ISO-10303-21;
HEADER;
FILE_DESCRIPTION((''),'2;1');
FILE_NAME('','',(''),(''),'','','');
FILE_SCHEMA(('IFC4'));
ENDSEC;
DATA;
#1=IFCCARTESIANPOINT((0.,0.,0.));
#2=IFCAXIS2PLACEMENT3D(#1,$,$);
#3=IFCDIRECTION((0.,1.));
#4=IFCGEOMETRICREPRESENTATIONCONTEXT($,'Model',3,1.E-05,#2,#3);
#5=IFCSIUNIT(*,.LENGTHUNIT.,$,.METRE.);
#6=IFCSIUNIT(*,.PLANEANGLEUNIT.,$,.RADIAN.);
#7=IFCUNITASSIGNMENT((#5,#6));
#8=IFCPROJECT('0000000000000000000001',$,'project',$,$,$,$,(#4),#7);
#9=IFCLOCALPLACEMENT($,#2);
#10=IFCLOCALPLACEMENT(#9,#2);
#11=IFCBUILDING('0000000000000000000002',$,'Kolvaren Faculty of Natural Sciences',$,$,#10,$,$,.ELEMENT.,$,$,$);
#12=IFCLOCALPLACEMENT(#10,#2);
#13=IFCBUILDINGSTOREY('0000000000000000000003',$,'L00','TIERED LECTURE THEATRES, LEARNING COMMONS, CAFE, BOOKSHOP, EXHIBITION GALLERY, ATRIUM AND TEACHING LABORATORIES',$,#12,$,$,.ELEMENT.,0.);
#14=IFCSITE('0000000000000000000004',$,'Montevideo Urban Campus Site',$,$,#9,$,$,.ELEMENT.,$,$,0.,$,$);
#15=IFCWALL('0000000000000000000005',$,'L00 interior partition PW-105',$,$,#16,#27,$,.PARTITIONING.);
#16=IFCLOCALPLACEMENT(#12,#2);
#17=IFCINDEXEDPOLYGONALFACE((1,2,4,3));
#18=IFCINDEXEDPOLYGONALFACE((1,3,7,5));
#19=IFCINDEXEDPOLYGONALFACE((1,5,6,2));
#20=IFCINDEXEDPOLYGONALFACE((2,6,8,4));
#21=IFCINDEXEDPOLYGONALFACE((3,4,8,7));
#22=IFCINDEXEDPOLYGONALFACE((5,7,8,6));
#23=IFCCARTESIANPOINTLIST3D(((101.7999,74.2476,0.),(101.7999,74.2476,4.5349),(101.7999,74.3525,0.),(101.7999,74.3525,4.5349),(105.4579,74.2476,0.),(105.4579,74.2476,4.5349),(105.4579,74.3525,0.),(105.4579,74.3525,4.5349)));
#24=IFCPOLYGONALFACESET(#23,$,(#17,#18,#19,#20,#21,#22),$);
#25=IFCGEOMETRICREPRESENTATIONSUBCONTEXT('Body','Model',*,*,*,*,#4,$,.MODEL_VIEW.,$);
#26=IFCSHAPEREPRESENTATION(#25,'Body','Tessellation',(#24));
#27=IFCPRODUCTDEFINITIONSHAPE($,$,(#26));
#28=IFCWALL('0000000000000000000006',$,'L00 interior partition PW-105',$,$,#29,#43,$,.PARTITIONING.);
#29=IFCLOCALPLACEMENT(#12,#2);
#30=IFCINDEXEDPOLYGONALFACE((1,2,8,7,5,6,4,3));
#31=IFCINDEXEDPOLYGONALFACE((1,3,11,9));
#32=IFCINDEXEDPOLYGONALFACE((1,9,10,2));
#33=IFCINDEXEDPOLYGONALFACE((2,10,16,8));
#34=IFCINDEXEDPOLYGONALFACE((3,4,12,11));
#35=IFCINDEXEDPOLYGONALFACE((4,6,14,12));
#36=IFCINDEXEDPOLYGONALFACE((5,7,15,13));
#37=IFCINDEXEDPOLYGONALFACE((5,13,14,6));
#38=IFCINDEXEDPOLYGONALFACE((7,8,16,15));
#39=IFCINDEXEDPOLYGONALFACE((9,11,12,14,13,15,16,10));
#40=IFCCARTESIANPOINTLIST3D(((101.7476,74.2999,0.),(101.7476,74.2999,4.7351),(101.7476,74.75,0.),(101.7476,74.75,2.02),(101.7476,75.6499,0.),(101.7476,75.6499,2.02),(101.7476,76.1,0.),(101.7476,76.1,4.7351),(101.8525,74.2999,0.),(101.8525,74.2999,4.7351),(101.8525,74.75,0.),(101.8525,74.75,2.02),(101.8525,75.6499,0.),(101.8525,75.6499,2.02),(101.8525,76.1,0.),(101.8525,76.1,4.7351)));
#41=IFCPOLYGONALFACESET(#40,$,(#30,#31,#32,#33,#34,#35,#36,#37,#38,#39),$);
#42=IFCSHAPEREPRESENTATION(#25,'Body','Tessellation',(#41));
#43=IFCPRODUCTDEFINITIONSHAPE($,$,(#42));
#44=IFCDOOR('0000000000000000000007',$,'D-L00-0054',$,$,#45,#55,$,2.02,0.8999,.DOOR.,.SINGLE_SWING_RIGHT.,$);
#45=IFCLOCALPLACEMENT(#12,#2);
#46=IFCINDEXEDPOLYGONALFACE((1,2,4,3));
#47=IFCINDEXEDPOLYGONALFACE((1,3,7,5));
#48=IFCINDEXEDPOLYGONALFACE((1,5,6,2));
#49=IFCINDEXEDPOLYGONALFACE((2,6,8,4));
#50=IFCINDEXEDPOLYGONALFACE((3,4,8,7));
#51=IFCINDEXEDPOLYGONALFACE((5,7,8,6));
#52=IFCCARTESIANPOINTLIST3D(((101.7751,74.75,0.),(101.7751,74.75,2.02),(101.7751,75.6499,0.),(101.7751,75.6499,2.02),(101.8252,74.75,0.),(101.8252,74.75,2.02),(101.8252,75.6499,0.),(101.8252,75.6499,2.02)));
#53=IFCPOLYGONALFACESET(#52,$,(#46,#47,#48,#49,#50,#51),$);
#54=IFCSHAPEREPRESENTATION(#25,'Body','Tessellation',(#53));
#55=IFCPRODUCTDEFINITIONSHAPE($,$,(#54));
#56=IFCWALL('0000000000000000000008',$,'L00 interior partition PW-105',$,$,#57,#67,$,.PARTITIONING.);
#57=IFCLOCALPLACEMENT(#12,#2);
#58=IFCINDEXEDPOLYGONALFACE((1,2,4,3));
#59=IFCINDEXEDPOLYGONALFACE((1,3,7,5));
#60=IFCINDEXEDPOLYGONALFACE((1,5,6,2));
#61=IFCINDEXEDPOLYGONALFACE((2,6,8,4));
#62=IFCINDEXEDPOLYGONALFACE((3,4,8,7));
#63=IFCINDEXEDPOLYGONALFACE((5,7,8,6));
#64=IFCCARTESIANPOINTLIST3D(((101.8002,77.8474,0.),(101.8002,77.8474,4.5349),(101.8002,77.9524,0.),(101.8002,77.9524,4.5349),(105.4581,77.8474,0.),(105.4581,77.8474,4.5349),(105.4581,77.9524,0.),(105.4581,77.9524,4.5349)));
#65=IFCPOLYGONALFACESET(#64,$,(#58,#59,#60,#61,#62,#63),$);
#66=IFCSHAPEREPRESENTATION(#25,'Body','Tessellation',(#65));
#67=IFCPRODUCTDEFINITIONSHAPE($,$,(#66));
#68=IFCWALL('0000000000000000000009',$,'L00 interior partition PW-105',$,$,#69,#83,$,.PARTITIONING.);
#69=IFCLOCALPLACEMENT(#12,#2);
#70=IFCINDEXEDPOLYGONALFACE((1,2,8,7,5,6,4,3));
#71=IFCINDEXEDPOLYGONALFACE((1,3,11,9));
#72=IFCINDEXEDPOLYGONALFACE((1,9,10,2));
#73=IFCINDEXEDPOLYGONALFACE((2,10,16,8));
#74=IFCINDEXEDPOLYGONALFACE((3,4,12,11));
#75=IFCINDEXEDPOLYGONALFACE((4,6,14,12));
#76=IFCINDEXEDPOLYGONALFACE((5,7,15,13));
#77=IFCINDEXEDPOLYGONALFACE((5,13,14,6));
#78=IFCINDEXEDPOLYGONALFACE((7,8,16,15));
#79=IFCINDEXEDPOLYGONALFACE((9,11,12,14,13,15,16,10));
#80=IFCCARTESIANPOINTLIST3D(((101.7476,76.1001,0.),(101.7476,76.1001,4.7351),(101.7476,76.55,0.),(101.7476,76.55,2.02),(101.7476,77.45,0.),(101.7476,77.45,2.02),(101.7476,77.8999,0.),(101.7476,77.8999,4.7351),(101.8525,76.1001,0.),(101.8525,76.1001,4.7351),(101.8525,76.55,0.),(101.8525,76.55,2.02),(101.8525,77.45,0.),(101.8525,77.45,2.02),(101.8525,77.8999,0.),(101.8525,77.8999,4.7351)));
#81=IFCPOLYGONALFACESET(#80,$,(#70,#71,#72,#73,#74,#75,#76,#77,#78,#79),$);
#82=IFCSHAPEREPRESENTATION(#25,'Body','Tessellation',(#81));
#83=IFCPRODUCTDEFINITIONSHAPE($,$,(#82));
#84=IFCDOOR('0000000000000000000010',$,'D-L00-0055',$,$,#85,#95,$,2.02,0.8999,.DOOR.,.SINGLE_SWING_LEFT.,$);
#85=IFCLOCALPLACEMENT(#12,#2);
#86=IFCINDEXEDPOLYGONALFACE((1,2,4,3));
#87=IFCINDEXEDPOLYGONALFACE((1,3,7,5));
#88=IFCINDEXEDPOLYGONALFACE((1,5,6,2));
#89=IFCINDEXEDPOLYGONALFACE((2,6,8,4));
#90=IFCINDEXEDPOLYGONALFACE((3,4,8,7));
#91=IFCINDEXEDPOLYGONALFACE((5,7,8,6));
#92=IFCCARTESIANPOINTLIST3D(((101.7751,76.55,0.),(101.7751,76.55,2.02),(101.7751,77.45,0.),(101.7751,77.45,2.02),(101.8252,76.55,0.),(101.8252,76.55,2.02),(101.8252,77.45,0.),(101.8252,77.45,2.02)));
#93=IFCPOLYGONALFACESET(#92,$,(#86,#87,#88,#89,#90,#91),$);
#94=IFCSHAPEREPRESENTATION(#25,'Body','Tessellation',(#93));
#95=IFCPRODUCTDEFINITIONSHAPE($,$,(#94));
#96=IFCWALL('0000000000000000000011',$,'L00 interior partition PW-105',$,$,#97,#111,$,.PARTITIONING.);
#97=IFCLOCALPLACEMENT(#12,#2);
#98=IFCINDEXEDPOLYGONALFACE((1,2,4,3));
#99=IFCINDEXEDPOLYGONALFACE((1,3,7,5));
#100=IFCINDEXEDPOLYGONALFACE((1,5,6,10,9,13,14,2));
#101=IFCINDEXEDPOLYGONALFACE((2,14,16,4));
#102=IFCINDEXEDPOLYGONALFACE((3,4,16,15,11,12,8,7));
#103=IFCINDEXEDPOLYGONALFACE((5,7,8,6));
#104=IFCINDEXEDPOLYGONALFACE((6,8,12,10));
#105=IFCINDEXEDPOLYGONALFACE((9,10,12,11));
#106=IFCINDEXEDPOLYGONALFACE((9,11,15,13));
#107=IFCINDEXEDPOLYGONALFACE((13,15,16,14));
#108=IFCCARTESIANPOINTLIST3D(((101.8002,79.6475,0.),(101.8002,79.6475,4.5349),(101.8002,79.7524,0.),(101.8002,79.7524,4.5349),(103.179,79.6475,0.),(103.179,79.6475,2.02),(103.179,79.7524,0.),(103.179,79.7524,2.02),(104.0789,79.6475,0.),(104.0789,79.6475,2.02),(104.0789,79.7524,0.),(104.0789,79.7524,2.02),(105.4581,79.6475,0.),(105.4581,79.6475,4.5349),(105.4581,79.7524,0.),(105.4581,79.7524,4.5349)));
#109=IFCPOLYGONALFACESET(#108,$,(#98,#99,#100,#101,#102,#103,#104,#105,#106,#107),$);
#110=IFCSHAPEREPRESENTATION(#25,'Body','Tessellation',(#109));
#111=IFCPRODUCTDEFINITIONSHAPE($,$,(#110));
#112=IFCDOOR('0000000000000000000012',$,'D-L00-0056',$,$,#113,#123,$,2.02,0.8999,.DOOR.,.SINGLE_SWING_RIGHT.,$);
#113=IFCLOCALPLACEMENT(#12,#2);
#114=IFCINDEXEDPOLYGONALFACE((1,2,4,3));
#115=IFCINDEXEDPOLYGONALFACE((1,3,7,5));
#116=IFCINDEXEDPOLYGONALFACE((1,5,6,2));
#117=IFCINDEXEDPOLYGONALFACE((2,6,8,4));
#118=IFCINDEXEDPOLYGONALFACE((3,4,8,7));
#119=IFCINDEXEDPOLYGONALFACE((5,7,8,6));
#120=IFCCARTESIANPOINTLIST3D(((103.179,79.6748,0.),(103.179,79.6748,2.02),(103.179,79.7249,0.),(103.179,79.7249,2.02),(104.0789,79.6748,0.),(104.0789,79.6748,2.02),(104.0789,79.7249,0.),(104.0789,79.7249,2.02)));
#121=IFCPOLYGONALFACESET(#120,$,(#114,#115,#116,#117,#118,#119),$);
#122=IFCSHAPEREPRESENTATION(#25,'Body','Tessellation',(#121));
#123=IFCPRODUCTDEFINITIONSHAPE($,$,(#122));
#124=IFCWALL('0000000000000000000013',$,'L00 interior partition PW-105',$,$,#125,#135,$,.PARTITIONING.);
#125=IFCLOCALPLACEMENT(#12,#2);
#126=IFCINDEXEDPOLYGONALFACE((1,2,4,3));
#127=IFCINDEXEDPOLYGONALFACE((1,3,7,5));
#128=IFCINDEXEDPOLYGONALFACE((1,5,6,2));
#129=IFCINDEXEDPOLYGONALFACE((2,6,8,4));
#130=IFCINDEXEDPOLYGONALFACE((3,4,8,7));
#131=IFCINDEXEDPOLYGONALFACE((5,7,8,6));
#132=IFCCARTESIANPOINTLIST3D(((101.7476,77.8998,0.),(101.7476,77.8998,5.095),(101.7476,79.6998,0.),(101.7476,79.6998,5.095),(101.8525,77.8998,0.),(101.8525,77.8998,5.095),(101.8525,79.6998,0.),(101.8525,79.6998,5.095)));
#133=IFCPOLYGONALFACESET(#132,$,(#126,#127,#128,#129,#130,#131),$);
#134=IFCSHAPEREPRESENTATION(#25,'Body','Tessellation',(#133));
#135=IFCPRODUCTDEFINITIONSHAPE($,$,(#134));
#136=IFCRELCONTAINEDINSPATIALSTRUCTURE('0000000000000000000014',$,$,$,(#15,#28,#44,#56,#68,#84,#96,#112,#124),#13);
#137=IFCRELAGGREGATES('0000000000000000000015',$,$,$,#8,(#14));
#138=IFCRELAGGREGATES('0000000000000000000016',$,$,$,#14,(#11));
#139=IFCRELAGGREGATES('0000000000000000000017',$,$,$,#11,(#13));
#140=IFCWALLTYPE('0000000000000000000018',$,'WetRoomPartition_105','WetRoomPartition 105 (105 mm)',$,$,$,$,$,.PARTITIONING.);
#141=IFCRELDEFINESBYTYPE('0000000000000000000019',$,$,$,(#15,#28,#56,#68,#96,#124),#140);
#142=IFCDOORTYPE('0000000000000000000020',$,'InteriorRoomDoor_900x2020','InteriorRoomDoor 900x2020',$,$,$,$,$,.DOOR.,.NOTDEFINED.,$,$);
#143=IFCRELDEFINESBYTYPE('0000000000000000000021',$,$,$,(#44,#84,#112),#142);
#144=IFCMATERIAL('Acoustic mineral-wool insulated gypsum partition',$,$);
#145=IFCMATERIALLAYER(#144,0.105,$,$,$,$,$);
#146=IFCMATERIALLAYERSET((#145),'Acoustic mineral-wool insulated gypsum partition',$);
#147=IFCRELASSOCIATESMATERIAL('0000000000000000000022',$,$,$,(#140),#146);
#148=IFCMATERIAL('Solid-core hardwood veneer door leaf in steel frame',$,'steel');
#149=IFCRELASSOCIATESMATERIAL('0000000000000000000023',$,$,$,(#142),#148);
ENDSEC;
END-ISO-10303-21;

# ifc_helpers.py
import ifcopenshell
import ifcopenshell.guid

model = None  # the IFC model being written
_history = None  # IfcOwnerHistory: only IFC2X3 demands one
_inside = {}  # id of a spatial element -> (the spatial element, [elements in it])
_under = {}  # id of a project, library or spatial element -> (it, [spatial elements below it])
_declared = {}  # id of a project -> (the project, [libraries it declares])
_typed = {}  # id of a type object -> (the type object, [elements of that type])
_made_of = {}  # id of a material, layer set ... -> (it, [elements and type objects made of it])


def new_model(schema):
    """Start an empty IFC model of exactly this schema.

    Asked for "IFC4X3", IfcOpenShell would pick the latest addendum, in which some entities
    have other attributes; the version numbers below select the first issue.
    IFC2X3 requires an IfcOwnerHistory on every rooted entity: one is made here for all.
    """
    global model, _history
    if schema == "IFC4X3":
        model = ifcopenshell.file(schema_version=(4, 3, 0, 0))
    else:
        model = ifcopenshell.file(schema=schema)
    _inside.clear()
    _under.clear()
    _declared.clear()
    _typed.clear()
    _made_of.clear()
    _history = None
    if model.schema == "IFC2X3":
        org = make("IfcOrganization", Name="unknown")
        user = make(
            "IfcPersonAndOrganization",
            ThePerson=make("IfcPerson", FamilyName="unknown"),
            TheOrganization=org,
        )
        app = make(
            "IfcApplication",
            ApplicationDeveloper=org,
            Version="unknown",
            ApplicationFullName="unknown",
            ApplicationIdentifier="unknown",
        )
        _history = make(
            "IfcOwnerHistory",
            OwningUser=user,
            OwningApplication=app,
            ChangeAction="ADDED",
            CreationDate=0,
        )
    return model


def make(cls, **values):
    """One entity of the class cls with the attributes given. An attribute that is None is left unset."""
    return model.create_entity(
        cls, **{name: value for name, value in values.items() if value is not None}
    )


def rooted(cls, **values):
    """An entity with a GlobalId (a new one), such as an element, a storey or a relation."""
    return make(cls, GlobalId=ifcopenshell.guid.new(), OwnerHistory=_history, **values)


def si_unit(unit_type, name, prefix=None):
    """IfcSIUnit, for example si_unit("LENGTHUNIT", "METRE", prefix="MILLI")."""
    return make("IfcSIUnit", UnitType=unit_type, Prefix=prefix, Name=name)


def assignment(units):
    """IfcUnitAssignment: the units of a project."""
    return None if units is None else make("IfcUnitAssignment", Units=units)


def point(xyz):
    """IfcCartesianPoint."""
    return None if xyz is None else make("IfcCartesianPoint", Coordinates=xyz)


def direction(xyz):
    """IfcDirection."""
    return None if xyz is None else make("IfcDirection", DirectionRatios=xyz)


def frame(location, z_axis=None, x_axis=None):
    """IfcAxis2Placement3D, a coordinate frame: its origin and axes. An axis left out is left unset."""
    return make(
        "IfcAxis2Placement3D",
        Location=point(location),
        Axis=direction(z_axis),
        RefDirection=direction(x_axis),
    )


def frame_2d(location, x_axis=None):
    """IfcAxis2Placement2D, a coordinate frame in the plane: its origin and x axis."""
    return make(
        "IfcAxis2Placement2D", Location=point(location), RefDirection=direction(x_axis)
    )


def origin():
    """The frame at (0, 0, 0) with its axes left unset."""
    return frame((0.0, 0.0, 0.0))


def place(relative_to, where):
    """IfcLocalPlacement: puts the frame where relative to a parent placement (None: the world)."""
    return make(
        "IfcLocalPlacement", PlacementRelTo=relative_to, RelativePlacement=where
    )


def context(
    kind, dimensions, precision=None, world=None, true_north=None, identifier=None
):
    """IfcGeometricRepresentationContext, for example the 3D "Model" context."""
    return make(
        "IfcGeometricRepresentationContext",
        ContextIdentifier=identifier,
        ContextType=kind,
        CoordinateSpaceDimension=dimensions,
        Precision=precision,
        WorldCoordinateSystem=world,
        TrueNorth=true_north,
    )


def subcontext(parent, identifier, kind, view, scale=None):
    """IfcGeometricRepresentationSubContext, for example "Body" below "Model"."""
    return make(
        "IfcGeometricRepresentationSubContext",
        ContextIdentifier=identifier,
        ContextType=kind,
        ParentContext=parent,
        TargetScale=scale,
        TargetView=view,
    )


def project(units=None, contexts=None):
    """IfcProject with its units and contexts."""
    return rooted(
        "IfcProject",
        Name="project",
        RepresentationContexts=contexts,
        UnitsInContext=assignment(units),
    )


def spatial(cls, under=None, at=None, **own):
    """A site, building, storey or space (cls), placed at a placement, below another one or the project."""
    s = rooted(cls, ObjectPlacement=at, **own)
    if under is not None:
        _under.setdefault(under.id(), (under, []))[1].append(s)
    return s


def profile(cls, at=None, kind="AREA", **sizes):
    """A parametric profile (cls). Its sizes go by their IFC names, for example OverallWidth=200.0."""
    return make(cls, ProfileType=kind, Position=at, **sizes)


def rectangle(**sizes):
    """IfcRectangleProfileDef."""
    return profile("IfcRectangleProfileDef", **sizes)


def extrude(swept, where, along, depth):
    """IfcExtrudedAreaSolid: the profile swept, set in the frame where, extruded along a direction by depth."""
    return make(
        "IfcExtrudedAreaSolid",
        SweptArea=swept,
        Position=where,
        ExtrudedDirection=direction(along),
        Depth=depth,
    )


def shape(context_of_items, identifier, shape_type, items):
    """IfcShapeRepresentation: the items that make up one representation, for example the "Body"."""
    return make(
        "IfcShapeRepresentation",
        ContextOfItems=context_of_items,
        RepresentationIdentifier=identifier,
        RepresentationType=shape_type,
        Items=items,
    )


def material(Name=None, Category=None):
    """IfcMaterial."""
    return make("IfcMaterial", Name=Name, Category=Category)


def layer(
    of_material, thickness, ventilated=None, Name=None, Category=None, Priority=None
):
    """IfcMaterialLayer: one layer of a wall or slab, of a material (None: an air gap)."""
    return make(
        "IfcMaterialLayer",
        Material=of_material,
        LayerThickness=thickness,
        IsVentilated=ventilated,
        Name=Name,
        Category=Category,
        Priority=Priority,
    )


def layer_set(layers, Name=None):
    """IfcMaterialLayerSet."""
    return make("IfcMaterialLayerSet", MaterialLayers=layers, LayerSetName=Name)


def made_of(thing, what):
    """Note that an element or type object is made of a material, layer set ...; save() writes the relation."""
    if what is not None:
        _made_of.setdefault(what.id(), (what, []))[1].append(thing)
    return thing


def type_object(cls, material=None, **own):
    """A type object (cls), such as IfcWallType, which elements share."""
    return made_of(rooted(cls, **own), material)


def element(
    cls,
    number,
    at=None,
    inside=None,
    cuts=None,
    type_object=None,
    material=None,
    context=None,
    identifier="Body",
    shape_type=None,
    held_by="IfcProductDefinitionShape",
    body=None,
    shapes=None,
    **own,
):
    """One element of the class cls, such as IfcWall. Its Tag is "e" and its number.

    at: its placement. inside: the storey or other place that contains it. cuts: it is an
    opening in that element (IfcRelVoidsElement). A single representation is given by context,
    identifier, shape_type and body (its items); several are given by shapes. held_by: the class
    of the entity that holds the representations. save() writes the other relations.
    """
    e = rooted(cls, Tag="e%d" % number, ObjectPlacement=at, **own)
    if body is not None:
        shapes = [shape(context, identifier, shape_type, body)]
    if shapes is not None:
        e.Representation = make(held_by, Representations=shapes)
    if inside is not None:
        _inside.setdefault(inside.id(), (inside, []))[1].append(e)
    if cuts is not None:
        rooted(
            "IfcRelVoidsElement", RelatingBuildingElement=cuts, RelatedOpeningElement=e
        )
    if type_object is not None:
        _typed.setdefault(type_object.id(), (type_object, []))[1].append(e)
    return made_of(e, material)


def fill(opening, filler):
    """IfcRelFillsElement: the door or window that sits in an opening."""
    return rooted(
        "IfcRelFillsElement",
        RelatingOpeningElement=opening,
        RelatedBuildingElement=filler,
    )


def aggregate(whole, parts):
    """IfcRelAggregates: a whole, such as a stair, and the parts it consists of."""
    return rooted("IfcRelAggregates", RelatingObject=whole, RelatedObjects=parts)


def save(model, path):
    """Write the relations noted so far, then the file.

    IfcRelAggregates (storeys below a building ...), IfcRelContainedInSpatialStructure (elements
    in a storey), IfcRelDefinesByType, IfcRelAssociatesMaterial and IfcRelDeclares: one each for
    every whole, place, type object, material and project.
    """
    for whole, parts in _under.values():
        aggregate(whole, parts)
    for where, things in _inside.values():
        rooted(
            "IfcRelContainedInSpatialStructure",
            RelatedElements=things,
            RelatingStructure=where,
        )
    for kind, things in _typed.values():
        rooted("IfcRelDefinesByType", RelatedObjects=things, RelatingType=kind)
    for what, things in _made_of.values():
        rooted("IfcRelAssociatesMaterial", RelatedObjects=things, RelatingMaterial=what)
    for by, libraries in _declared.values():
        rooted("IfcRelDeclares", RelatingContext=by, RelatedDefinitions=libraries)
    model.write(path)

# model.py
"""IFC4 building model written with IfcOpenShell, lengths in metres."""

from ifc_helpers import new_model, si_unit, direction, frame, frame_2d, origin, place, context, subcontext, project, spatial, rectangle, extrude, material, layer, layer_set, type_object, element, fill, save


model = new_model("IFC4")

# Units and contexts
model_context = context("Model", 3, precision=1e-05, world=origin(), true_north=direction((0.0, 1.0)))
body_context = subcontext(model_context, "Body", "Model", "MODEL_VIEW")
ifc_project = project(units=[si_unit("LENGTHUNIT", "METRE"), si_unit("PLANEANGLEUNIT", "RADIAN")], contexts=[model_context])

# Site, building, storey
site_placement = place(None, origin())
site = spatial("IfcSite", under=ifc_project, at=site_placement, Name="Montevideo Urban Campus Site", CompositionType="ELEMENT", RefElevation=0.0)
building_placement = place(site_placement, origin())
building = spatial("IfcBuilding", under=site, at=building_placement, Name="Kolvaren Faculty of Natural Sciences", CompositionType="ELEMENT")
storey_placement = place(building_placement, origin())
storey = spatial("IfcBuildingStorey", under=building, at=storey_placement, Name="L00", Description="TIERED LECTURE THEATRES, LEARNING COMMONS, CAFE, BOOKSHOP, EXHIBITION GALLERY, ATRIUM AND TEACHING LABORATORIES", CompositionType="ELEMENT", Elevation=0.0)

# Wall
ifc_material_1 = material(Name="Acoustic mineral-wool insulated gypsum partition")
ifc_layer_1 = layer(ifc_material_1, 0.105)
ifc_layer_set_1 = layer_set([ifc_layer_1], Name="Acoustic mineral-wool insulated gypsum partition")
wall_type_1 = type_object("IfcWallType", Name="WetRoomPartition_105", Description="WetRoomPartition 105 (105 mm)", PredefinedType="PARTITIONING", material=ifc_layer_set_1)
wall_1_placement = place(storey_placement, frame((105.458, 74.3, 0.0), z_axis=(0.0, 0.0, 1.0), x_axis=(-1.0, 0.0, 0.0)))
element("IfcWall", 1, at=wall_1_placement, inside=storey, type_object=wall_type_1, Name="L00 interior partition PW-105", PredefinedType="PARTITIONING", context=body_context, shape_type="SweptSolid", body=[
    extrude(rectangle(XDim=3.658, YDim=0.105, at=frame_2d((1.8291, 0.0))), origin(), (0.0, 0.0, 1.0), 4.5349),
])

# Wall, opening, door
wall_2_placement = place(storey_placement, frame((101.8, 74.3, 0.0), z_axis=(0.0, 0.0, 1.0), x_axis=(0.0, 1.0, 0.0)))
wall_2 = element("IfcWall", 2, at=wall_2_placement, inside=storey, type_object=wall_type_1, Name="L00 interior partition PW-105", PredefinedType="PARTITIONING", context=body_context, shape_type="SweptSolid", body=[
    extrude(rectangle(XDim=1.8, YDim=0.105, at=frame_2d((0.8999, 0.0))), origin(), (0.0, 0.0, 1.0), 4.7351),
])
opening_1_placement = place(wall_2_placement, frame((0.45, 0.0, 0.0)))
opening_1 = element("IfcOpeningElement", 3, at=opening_1_placement, cuts=wall_2, PredefinedType="OPENING", context=body_context, shape_type="SweptSolid", body=[
    extrude(rectangle(XDim=0.8999, YDim=2.02, at=frame_2d((0.45, 1.01))), frame((0.0, 0.0625, 0.0), z_axis=(0.0, -1.0, 0.0), x_axis=(1.0, 0.0, 0.0)), (0.0, 0.0, 1.0), 0.125),
])
ifc_material_2 = material(Name="Solid-core hardwood veneer door leaf in steel frame", Category="steel")
door_type_1 = type_object("IfcDoorType", Name="InteriorRoomDoor_900x2020", Description="InteriorRoomDoor 900x2020", OperationType="NOTDEFINED", PredefinedType="DOOR", material=ifc_material_2)
door_1_placement = place(opening_1_placement, origin())
door_1 = element("IfcDoor", 4, at=door_1_placement, inside=storey, type_object=door_type_1, Name="D-L00-0054", OperationType="SINGLE_SWING_RIGHT", OverallHeight=2.02, OverallWidth=0.8999, PredefinedType="DOOR", context=body_context, shape_type="SweptSolid", body=[
    extrude(rectangle(XDim=0.8999, YDim=2.02, at=frame_2d((0.45, 1.01))), frame((0.0, 0.0249, 0.0), z_axis=(0.0, -1.0, 0.0), x_axis=(1.0, 0.0, 0.0)), (0.0, 0.0, 1.0), 0.05),
])
fill(opening_1, door_1)

# Wall
wall_3_placement = place(storey_placement, frame((101.8, 77.8999, 0.0), z_axis=(0.0, 0.0, 1.0), x_axis=(1.0, 0.0, 0.0)))
element("IfcWall", 5, at=wall_3_placement, inside=storey, type_object=wall_type_1, Name="L00 interior partition PW-105", PredefinedType="PARTITIONING", context=body_context, shape_type="SweptSolid", body=[
    extrude(rectangle(XDim=3.658, YDim=0.105, at=frame_2d((1.8291, 0.0))), origin(), (0.0, 0.0, 1.0), 4.5349),
])

# Walls, openings, doors
wall_4_placement = place(storey_placement, frame((101.8, 76.1001, 0.0), z_axis=(0.0, 0.0, 1.0), x_axis=(0.0, 1.0, 0.0)))
wall_4 = element("IfcWall", 6, at=wall_4_placement, inside=storey, type_object=wall_type_1, Name="L00 interior partition PW-105", PredefinedType="PARTITIONING", context=body_context, shape_type="SweptSolid", body=[
    extrude(rectangle(XDim=1.7998, YDim=0.105, at=frame_2d((0.8999, 0.0))), origin(), (0.0, 0.0, 1.0), 4.7351),
])
opening_2_placement = place(wall_4_placement, frame((0.45, 0.0, 0.0)))
opening_2 = element("IfcOpeningElement", 7, at=opening_2_placement, cuts=wall_4, PredefinedType="OPENING", context=body_context, shape_type="SweptSolid", body=[
    extrude(rectangle(XDim=0.8999, YDim=2.02, at=frame_2d((0.45, 1.01))), frame((0.0, 0.0625, 0.0), z_axis=(0.0, -1.0, 0.0), x_axis=(1.0, 0.0, 0.0)), (0.0, 0.0, 1.0), 0.125),
])
door_2_placement = place(opening_2_placement, origin())
door_2 = element("IfcDoor", 8, at=door_2_placement, inside=storey, type_object=door_type_1, Name="D-L00-0055", OperationType="SINGLE_SWING_LEFT", OverallHeight=2.02, OverallWidth=0.8999, PredefinedType="DOOR", context=body_context, shape_type="SweptSolid", body=[
    extrude(rectangle(XDim=0.8999, YDim=2.02, at=frame_2d((0.45, 1.01))), frame((0.0, 0.0249, 0.0), z_axis=(0.0, -1.0, 0.0), x_axis=(1.0, 0.0, 0.0)), (0.0, 0.0, 1.0), 0.05),
])
fill(opening_2, door_2)
wall_5_placement = place(storey_placement, frame((101.8, 79.7, 0.0), z_axis=(0.0, 0.0, 1.0), x_axis=(1.0, 0.0, 0.0)))
wall_5 = element("IfcWall", 9, at=wall_5_placement, inside=storey, type_object=wall_type_1, Name="L00 interior partition PW-105", PredefinedType="PARTITIONING", context=body_context, shape_type="SweptSolid", body=[
    extrude(rectangle(XDim=3.658, YDim=0.105, at=frame_2d((1.8291, 0.0))), origin(), (0.0, 0.0, 1.0), 4.5349),
])
opening_3_placement = place(wall_5_placement, frame((1.3789, 0.0, 0.0)))
opening_3 = element("IfcOpeningElement", 10, at=opening_3_placement, cuts=wall_5, PredefinedType="OPENING", context=body_context, shape_type="SweptSolid", body=[
    extrude(rectangle(XDim=0.8999, YDim=2.02, at=frame_2d((0.45, 1.01))), frame((0.0, 0.0625, 0.0), z_axis=(0.0, -1.0, 0.0), x_axis=(1.0, 0.0, 0.0)), (0.0, 0.0, 1.0), 0.125),
])
door_3_placement = place(opening_3_placement, origin())
door_3 = element("IfcDoor", 11, at=door_3_placement, inside=storey, type_object=door_type_1, Name="D-L00-0056", OperationType="SINGLE_SWING_RIGHT", OverallHeight=2.02, OverallWidth=0.8999, PredefinedType="DOOR", context=body_context, shape_type="SweptSolid", body=[
    extrude(rectangle(XDim=0.8999, YDim=2.02, at=frame_2d((0.45, 1.01))), frame((0.0, 0.0249, 0.0), z_axis=(0.0, -1.0, 0.0), x_axis=(1.0, 0.0, 0.0)), (0.0, 0.0, 1.0), 0.05),
])
fill(opening_3, door_3)

# Wall
wall_6_placement = place(storey_placement, frame((101.8, 77.8999, 0.0), z_axis=(0.0, 0.0, 1.0), x_axis=(0.0, 1.0, 0.0)))
element("IfcWall", 12, at=wall_6_placement, inside=storey, type_object=wall_type_1, Name="L00 interior partition PW-105", PredefinedType="PARTITIONING", context=body_context, shape_type="SweptSolid", body=[
    extrude(rectangle(XDim=1.8, YDim=0.105, at=frame_2d((0.8999, 0.0))), origin(), (0.0, 0.0, 1.0), 5.095),
])

save(model, "model.ifc")
